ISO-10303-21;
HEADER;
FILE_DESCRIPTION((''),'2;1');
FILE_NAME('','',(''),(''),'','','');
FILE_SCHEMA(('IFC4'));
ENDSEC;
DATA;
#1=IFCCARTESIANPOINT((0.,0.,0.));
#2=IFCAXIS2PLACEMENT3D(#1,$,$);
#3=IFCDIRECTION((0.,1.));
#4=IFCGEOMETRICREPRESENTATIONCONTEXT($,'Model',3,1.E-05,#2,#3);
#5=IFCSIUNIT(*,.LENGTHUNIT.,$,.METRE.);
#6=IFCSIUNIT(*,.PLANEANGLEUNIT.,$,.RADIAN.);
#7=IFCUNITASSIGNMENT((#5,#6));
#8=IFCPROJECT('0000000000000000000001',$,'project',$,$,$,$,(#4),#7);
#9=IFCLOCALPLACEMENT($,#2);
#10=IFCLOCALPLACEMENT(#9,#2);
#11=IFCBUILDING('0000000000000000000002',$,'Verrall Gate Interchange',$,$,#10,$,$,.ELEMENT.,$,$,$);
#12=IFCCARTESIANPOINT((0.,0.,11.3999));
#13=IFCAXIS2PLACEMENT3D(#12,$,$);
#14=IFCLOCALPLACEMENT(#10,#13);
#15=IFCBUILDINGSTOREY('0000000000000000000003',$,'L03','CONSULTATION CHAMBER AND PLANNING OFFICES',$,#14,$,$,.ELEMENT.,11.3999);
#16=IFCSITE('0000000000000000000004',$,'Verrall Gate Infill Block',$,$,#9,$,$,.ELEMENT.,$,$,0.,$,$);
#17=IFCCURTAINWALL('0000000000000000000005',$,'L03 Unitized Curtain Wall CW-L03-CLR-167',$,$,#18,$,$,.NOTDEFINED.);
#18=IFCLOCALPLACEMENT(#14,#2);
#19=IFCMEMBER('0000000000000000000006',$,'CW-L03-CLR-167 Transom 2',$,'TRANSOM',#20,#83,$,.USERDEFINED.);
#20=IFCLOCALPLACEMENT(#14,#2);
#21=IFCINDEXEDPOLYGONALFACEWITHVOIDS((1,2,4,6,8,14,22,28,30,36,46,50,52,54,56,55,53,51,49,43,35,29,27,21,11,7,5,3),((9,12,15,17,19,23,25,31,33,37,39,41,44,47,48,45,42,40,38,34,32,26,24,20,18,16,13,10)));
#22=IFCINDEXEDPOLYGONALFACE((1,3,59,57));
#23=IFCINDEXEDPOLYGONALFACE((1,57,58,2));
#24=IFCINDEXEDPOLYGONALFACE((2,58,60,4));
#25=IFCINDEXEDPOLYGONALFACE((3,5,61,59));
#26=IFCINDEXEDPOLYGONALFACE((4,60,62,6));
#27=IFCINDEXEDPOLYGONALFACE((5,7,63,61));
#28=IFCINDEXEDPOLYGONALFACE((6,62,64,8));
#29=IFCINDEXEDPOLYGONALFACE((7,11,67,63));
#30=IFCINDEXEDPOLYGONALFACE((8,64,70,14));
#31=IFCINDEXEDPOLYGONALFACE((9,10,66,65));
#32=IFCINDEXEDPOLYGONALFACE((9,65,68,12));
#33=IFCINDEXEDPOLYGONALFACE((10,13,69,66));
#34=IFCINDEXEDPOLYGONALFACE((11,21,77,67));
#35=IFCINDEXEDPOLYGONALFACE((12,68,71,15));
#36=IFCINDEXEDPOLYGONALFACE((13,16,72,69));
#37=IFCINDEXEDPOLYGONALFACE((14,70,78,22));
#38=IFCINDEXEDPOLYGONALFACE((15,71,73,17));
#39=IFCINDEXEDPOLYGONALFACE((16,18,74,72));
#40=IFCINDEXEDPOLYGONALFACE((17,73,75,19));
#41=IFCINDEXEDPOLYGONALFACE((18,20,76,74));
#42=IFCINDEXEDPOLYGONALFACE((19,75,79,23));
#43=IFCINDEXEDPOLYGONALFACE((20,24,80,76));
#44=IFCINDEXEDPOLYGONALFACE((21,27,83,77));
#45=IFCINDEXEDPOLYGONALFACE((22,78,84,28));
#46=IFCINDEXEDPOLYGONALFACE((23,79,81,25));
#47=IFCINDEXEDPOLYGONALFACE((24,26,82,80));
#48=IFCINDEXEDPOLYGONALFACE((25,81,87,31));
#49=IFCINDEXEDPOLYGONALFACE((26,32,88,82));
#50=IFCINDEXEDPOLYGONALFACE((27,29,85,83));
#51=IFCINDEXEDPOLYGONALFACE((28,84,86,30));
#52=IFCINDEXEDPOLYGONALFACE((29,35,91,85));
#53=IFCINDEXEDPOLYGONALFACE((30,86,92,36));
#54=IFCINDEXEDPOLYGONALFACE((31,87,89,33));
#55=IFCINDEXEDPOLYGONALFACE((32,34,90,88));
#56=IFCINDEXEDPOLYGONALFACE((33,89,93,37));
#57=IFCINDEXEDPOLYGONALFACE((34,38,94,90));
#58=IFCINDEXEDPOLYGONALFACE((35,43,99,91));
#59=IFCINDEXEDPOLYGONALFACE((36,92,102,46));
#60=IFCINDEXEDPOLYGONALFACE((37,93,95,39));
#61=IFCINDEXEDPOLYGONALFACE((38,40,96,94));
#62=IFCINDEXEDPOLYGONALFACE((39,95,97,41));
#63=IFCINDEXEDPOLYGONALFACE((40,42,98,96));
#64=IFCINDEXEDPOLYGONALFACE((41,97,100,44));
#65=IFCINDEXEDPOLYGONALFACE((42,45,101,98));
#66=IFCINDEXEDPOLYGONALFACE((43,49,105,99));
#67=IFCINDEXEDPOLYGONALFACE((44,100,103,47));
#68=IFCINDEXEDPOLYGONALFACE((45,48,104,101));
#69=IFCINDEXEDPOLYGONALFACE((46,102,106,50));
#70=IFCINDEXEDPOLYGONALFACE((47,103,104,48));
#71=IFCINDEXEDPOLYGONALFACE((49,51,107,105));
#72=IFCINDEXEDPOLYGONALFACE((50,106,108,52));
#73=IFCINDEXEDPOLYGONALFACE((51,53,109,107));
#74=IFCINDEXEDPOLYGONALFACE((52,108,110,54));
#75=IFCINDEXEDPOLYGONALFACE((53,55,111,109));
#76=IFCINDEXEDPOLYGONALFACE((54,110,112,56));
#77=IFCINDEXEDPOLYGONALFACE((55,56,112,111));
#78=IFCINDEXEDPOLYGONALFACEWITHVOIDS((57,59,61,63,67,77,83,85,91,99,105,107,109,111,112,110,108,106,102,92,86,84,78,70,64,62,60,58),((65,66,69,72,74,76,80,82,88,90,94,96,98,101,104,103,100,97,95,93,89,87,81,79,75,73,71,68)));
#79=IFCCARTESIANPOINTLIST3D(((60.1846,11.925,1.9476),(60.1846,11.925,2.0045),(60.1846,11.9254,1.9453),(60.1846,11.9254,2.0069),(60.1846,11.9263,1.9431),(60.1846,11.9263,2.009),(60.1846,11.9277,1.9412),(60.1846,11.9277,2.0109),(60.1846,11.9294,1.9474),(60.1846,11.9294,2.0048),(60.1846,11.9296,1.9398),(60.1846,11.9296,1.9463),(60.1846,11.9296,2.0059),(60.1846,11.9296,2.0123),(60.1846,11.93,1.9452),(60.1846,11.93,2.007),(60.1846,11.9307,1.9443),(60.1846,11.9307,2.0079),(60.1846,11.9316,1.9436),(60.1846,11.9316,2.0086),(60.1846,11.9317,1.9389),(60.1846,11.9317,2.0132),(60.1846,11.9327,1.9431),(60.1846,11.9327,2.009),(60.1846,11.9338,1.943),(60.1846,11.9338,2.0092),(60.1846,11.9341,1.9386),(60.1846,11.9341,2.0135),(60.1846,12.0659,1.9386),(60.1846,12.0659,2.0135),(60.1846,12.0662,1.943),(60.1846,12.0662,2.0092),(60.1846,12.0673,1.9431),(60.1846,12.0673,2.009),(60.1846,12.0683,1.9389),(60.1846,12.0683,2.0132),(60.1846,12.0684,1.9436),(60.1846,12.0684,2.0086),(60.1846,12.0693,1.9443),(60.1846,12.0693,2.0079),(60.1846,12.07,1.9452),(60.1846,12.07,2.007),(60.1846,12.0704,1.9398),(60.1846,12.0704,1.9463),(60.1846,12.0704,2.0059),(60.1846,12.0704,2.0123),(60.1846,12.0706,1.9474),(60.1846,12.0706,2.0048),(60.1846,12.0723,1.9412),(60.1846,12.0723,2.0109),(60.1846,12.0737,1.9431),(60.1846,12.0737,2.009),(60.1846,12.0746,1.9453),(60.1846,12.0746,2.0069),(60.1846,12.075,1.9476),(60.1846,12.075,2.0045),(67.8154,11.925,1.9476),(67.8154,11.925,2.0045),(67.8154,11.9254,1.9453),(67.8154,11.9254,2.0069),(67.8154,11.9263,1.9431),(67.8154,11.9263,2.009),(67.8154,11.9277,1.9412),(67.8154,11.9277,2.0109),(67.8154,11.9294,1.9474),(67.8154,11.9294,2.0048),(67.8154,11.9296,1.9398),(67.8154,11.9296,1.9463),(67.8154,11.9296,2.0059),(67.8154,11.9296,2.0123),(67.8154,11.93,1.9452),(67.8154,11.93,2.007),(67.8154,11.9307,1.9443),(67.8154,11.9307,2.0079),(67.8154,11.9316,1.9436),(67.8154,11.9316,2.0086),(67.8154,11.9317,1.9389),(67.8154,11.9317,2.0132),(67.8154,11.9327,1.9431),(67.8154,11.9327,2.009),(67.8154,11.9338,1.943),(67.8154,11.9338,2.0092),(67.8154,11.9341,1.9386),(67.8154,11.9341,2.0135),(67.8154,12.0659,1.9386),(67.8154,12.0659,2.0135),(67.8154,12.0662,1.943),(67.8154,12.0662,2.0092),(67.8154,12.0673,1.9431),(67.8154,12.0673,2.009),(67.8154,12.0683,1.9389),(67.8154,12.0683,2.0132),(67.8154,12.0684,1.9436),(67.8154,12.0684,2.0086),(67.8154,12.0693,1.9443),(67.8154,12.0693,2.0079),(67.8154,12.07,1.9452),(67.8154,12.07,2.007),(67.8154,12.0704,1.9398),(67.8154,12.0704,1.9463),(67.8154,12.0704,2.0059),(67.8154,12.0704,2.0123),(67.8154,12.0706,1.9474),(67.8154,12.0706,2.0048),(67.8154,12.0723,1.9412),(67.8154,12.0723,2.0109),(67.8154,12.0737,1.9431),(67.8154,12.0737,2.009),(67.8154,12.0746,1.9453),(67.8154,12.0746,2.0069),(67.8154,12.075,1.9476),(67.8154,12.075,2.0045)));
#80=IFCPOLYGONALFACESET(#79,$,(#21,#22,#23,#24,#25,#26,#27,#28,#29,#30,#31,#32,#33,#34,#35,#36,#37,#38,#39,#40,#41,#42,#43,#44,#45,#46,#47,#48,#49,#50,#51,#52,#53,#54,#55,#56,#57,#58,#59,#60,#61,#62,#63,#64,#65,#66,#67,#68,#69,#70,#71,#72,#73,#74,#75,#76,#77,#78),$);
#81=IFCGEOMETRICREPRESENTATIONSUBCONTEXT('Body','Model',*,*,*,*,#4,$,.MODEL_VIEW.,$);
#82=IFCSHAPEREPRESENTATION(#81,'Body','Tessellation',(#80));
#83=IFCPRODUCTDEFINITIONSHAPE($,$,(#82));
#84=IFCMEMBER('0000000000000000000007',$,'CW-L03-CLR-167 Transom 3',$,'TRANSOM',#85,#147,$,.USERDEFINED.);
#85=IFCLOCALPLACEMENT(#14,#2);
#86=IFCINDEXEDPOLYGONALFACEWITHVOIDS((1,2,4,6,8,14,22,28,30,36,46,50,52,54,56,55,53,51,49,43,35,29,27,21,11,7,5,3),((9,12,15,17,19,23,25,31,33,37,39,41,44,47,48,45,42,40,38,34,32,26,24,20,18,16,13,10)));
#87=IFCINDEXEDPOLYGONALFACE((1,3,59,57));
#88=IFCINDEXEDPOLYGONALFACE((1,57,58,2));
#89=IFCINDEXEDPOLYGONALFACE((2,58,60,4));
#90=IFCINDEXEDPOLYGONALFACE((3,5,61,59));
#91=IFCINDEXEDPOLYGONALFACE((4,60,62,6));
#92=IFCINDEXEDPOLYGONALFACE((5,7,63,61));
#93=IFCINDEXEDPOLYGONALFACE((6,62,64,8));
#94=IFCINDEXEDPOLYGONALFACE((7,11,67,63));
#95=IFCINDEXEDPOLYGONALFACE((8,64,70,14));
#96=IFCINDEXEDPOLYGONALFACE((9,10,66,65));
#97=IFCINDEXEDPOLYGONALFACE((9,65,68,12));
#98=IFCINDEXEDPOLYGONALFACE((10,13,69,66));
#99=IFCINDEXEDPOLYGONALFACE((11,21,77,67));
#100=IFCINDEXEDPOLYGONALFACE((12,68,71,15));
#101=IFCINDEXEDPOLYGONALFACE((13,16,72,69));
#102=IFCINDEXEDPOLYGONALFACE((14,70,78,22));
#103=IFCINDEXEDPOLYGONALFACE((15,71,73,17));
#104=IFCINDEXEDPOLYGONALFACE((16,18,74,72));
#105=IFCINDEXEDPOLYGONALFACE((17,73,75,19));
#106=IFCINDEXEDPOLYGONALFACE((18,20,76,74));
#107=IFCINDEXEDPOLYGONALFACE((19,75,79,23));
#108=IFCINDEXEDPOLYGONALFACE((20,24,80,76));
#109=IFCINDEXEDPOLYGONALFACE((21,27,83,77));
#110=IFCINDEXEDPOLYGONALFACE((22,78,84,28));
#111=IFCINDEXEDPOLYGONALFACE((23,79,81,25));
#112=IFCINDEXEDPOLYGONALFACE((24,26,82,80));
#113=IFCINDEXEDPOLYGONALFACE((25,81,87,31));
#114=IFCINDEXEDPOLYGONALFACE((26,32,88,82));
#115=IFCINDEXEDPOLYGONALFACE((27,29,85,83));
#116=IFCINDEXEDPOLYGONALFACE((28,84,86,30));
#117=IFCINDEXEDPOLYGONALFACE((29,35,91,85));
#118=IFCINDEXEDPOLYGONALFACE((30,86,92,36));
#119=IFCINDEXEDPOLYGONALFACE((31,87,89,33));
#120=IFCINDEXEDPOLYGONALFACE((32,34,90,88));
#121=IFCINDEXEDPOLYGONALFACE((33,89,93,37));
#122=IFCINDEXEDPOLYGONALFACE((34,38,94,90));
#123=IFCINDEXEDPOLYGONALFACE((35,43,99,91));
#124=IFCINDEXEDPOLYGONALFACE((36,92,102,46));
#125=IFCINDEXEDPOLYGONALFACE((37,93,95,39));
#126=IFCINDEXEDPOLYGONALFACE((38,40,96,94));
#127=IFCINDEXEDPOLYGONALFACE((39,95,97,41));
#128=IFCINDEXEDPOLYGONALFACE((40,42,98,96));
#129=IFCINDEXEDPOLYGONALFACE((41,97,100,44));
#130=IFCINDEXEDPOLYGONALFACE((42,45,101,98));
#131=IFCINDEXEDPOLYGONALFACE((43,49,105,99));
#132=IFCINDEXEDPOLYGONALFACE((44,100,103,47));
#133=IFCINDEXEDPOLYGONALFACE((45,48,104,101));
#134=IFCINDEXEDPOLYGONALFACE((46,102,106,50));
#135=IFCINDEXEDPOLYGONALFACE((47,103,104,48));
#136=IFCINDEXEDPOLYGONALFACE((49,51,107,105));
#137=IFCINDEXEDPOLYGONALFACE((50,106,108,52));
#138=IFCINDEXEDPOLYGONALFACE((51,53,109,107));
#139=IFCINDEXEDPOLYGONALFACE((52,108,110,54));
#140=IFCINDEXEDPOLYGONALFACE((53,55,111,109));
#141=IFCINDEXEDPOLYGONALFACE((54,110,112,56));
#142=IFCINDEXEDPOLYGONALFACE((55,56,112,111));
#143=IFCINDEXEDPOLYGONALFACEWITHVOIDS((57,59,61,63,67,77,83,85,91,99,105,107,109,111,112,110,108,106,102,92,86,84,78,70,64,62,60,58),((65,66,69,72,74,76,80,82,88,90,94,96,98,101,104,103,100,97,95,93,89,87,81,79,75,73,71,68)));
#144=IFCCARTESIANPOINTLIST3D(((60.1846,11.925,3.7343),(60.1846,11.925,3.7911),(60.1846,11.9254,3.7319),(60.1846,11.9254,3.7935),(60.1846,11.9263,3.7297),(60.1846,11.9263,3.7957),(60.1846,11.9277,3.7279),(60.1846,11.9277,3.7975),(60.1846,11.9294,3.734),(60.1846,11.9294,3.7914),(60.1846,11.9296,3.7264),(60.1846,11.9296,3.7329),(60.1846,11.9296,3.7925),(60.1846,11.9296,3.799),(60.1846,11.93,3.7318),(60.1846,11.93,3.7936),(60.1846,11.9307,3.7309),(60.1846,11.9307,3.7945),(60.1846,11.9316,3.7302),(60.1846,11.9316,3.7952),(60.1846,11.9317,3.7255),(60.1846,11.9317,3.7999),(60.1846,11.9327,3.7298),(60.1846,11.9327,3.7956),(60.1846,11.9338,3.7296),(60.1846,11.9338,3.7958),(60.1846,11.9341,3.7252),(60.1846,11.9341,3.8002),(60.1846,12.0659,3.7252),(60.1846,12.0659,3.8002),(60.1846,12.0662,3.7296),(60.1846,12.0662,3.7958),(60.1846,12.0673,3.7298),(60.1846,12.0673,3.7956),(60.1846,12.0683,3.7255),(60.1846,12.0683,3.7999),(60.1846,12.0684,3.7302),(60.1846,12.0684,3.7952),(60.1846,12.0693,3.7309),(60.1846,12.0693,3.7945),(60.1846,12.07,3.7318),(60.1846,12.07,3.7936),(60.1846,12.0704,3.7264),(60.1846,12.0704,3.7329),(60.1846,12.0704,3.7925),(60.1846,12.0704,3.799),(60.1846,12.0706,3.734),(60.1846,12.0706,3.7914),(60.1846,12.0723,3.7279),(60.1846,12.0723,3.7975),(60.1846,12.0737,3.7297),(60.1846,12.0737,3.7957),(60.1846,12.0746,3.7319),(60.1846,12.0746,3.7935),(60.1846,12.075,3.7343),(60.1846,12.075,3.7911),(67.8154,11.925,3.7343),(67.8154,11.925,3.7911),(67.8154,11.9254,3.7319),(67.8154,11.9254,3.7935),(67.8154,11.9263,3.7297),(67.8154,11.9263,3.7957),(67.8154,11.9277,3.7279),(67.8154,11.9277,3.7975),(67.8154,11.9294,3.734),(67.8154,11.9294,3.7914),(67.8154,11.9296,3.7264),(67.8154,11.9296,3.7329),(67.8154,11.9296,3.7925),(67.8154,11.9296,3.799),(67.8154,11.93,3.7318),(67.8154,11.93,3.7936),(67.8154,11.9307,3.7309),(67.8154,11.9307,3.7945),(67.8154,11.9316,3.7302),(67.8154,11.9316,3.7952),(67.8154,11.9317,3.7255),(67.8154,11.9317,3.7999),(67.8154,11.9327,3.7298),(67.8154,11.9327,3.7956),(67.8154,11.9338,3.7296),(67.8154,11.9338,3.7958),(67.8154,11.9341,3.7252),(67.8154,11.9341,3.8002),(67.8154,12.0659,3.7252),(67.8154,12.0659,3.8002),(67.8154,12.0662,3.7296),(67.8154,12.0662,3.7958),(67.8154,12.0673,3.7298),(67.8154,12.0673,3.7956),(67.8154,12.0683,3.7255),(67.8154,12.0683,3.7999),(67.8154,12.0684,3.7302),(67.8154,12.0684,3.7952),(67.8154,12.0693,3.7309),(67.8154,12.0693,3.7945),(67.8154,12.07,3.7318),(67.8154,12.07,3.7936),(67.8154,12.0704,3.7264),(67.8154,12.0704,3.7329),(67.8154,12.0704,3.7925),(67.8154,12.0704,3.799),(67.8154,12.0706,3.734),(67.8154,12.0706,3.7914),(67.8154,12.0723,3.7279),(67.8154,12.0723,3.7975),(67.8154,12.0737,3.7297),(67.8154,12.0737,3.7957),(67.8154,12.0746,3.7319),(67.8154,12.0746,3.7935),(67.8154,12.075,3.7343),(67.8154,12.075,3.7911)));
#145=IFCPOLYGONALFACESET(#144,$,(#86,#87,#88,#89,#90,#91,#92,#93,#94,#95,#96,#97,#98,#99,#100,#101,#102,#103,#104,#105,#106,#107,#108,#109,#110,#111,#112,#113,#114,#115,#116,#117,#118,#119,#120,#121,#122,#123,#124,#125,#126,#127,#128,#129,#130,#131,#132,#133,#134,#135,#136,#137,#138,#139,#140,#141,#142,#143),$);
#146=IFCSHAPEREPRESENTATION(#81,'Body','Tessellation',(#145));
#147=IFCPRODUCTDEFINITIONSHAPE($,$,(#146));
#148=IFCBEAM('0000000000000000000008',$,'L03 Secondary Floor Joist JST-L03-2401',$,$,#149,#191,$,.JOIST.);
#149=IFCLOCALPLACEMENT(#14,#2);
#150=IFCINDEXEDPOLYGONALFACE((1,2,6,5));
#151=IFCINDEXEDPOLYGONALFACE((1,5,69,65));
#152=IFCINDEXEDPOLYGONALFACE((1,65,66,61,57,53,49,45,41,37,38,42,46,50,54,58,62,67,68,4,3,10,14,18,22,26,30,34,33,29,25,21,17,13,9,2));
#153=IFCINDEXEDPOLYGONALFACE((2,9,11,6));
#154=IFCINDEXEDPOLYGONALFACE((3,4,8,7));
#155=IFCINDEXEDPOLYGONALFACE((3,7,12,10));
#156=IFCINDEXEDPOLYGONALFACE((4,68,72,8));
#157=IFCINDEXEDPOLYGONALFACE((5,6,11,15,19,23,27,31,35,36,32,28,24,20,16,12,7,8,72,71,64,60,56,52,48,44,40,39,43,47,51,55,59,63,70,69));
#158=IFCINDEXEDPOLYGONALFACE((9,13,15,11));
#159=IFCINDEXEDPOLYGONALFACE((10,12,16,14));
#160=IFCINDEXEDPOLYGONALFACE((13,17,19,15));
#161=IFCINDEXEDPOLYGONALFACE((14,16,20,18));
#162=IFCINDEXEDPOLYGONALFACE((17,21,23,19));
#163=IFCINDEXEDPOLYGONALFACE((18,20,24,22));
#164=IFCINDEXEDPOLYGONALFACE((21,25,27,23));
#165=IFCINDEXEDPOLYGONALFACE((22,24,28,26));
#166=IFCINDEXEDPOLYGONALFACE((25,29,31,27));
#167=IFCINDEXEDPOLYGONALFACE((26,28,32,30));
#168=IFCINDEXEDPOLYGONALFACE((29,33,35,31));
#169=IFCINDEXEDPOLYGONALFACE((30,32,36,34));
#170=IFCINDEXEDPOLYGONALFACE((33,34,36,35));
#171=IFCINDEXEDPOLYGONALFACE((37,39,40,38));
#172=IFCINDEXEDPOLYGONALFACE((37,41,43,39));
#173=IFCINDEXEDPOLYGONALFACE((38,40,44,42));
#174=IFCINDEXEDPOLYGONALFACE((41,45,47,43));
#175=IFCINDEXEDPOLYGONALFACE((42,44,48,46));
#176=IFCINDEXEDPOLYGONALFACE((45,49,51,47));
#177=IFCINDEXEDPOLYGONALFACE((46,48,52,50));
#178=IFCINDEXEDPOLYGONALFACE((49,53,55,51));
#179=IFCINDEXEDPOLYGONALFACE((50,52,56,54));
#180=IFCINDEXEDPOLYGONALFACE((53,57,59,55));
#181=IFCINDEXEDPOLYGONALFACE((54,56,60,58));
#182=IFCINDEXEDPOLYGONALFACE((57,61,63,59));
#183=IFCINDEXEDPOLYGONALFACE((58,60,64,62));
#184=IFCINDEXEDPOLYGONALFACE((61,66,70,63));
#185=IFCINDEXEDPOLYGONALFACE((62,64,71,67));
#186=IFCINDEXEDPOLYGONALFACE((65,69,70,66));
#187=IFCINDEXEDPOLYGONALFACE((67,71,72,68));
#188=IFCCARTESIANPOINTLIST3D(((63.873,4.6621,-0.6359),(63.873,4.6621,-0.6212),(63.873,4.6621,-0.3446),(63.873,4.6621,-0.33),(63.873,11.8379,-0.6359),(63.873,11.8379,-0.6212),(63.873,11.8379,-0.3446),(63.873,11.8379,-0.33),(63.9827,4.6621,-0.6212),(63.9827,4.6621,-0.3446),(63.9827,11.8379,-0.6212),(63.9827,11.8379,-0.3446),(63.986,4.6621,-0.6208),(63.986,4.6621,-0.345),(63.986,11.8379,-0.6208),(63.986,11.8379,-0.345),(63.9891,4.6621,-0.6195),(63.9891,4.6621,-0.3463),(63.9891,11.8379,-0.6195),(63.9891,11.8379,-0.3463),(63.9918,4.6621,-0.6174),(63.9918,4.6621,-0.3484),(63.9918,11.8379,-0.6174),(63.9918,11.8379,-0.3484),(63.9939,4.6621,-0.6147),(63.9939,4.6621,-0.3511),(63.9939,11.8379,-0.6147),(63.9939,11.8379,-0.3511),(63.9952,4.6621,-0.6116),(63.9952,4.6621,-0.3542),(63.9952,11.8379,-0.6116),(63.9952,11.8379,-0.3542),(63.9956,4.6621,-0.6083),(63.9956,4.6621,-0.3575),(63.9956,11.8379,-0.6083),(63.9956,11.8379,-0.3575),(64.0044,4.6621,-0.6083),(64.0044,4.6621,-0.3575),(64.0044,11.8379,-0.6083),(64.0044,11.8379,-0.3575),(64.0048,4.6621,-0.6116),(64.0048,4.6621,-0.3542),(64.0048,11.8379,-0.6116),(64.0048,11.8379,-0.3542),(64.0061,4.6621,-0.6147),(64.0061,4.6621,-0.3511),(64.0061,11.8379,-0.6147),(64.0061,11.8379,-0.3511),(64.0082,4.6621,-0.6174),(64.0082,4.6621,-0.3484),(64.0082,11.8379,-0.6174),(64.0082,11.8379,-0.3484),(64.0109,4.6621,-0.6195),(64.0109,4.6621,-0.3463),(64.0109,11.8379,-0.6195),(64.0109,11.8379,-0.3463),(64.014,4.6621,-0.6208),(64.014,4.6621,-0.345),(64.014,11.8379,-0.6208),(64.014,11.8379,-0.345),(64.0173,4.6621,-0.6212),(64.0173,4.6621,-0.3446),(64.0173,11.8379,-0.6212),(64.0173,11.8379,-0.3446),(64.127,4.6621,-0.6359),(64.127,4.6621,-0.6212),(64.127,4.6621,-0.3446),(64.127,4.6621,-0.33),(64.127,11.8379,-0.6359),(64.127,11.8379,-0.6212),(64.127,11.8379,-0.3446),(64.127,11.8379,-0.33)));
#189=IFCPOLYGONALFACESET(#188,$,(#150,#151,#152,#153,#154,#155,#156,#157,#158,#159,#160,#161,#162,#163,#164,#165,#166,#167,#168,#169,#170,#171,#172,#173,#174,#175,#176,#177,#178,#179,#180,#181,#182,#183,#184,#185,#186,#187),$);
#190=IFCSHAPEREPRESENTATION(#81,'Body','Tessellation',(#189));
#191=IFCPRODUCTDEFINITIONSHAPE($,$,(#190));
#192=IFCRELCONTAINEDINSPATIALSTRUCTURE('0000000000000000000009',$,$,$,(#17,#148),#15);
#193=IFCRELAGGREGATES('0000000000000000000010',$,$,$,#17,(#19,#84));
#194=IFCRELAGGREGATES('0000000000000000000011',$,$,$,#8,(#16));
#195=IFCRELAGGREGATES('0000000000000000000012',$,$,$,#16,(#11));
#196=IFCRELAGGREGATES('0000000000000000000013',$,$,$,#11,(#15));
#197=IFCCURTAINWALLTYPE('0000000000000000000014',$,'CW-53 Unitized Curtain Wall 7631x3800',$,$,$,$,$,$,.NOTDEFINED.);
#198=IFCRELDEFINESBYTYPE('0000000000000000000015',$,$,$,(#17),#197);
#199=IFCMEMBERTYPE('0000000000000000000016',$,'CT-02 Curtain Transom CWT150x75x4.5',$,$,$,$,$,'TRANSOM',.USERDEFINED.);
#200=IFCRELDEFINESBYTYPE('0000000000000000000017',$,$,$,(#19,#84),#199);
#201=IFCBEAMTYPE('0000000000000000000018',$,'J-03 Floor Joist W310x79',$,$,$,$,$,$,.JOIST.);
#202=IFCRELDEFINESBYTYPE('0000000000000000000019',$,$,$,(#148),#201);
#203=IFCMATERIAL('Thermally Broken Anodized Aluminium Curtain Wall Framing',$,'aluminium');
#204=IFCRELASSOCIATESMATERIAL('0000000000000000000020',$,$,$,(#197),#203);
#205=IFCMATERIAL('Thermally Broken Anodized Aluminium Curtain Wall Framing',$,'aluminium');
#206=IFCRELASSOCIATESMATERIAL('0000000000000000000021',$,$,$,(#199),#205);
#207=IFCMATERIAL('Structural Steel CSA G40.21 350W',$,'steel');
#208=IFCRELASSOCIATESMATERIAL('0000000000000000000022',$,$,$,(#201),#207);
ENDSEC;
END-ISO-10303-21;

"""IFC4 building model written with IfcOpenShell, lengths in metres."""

from ifc_helpers import new_model, si_unit, direction, frame, origin, origin_2d, place, context, subcontext, project, spatial, hollow_rectangle, i_section, extrude, material, material_profile, profile_set, type_object, element, aggregate, save


model = new_model("IFC4")

# Units and contexts
model_context = context("Model", 3, precision=1e-05, world=origin(), true_north=direction((0.0, 1.0)))
body_context = subcontext(model_context, "Body", "Model", "MODEL_VIEW")
ifc_project = project(units=[si_unit("LENGTHUNIT", "METRE"), si_unit("PLANEANGLEUNIT", "RADIAN")], contexts=[model_context])

# Site, building, storey
site_placement = place(None, origin())
site = spatial("IfcSite", under=ifc_project, at=site_placement, Name="Verrall Gate Infill Block", CompositionType="ELEMENT", RefElevation=0.0)
building_placement = place(site_placement, origin())
building = spatial("IfcBuilding", under=site, at=building_placement, Name="Verrall Gate Interchange", CompositionType="ELEMENT")
storey_placement = place(building_placement, frame((0.0, 0.0, 11.3999)))
storey = spatial("IfcBuildingStorey", under=building, at=storey_placement, Name="L03", Description="CONSULTATION CHAMBER AND PLANNING OFFICES", CompositionType="ELEMENT", Elevation=11.3999)

# Curtain wall, members
ifc_material_1 = material(Name="Thermally Broken Anodized Aluminium Curtain Wall Framing", Category="aluminium")
curtain_wall_type = type_object("IfcCurtainWallType", Name="CW-53 Unitized Curtain Wall 7631x3800", PredefinedType="NOTDEFINED", material=ifc_material_1)
curtain_wall_placement = place(storey_placement, origin())
curtain_wall = element("IfcCurtainWall", 1, at=curtain_wall_placement, inside=storey, type_object=curtain_wall_type, Name="L03 Unitized Curtain Wall CW-L03-CLR-167", PredefinedType="NOTDEFINED")
ifc_material_2 = material(Name="Thermally Broken Anodized Aluminium Curtain Wall Framing", Category="aluminium")
ifc_material_profile_1 = material_profile(ifc_material_2, hollow_rectangle(XDim=0.1499, YDim=0.075, WallThickness=0.0044, InnerFilletRadius=0.0044, OuterFilletRadius=0.009, at=origin_2d()), Name="CWT150x75x4.5")
ifc_profile_set_1 = profile_set([ifc_material_profile_1], Name="Thermally Broken Anodized Aluminium Curtain Wall Framing")
member_type_1 = type_object("IfcMemberType", Name="CT-02 Curtain Transom CWT150x75x4.5", ElementType="TRANSOM", PredefinedType="USERDEFINED", material=ifc_profile_set_1)
member_1_placement = place(storey_placement, frame((60.1846, 12.0, 1.9761), z_axis=(1.0, 0.0, 0.0), x_axis=(0.0, 1.0, 0.0)))
member_1 = element("IfcMember", 2, at=member_1_placement, type_object=member_type_1, Name="CW-L03-CLR-167 Transom 2", ObjectType="TRANSOM", PredefinedType="USERDEFINED", context=body_context, shape_type="SweptSolid", body=[
    extrude(hollow_rectangle(XDim=0.1499, YDim=0.075, WallThickness=0.0044, InnerFilletRadius=0.0044, OuterFilletRadius=0.009, at=origin_2d()), origin(), (0.0, 0.0, 1.0), 7.6309),
])
member_2_placement = place(storey_placement, frame((60.1846, 12.0, 3.7627), z_axis=(1.0, 0.0, 0.0), x_axis=(0.0, 1.0, 0.0)))
member_2 = element("IfcMember", 3, at=member_2_placement, type_object=member_type_1, Name="CW-L03-CLR-167 Transom 3", ObjectType="TRANSOM", PredefinedType="USERDEFINED", context=body_context, shape_type="SweptSolid", body=[
    extrude(hollow_rectangle(XDim=0.1499, YDim=0.075, WallThickness=0.0044, InnerFilletRadius=0.0044, OuterFilletRadius=0.009, at=origin_2d()), origin(), (0.0, 0.0, 1.0), 7.6309),
])

# Beam
ifc_material_3 = material(Name="Structural Steel CSA G40.21 350W", Category="steel")
ifc_material_profile_2 = material_profile(ifc_material_3, i_section(OverallWidth=0.2539, OverallDepth=0.3059, WebThickness=0.0088, FlangeThickness=0.0146, FilletRadius=0.0129, at=origin_2d()), Name="W310x79")
ifc_profile_set_2 = profile_set([ifc_material_profile_2], Name="Structural Steel CSA G40.21 350W")
beam_type_1 = type_object("IfcBeamType", Name="J-03 Floor Joist W310x79", PredefinedType="JOIST", material=ifc_profile_set_2)
beam_1_placement = place(storey_placement, frame((64.0, 4.6621, -0.4829), z_axis=(0.0, 1.0, 0.0), x_axis=(-1.0, 0.0, 0.0)))
element("IfcBeam", 4, at=beam_1_placement, inside=storey, type_object=beam_type_1, Name="L03 Secondary Floor Joist JST-L03-2401", PredefinedType="JOIST", context=body_context, shape_type="SweptSolid", body=[
    extrude(i_section(OverallWidth=0.2539, OverallDepth=0.3059, WebThickness=0.0088, FlangeThickness=0.0146, FilletRadius=0.0129, at=origin_2d()), origin(), (0.0, 0.0, 1.0), 7.1758),
])

aggregate(curtain_wall, [member_1, member_2])

save(model, "model.ifc")
